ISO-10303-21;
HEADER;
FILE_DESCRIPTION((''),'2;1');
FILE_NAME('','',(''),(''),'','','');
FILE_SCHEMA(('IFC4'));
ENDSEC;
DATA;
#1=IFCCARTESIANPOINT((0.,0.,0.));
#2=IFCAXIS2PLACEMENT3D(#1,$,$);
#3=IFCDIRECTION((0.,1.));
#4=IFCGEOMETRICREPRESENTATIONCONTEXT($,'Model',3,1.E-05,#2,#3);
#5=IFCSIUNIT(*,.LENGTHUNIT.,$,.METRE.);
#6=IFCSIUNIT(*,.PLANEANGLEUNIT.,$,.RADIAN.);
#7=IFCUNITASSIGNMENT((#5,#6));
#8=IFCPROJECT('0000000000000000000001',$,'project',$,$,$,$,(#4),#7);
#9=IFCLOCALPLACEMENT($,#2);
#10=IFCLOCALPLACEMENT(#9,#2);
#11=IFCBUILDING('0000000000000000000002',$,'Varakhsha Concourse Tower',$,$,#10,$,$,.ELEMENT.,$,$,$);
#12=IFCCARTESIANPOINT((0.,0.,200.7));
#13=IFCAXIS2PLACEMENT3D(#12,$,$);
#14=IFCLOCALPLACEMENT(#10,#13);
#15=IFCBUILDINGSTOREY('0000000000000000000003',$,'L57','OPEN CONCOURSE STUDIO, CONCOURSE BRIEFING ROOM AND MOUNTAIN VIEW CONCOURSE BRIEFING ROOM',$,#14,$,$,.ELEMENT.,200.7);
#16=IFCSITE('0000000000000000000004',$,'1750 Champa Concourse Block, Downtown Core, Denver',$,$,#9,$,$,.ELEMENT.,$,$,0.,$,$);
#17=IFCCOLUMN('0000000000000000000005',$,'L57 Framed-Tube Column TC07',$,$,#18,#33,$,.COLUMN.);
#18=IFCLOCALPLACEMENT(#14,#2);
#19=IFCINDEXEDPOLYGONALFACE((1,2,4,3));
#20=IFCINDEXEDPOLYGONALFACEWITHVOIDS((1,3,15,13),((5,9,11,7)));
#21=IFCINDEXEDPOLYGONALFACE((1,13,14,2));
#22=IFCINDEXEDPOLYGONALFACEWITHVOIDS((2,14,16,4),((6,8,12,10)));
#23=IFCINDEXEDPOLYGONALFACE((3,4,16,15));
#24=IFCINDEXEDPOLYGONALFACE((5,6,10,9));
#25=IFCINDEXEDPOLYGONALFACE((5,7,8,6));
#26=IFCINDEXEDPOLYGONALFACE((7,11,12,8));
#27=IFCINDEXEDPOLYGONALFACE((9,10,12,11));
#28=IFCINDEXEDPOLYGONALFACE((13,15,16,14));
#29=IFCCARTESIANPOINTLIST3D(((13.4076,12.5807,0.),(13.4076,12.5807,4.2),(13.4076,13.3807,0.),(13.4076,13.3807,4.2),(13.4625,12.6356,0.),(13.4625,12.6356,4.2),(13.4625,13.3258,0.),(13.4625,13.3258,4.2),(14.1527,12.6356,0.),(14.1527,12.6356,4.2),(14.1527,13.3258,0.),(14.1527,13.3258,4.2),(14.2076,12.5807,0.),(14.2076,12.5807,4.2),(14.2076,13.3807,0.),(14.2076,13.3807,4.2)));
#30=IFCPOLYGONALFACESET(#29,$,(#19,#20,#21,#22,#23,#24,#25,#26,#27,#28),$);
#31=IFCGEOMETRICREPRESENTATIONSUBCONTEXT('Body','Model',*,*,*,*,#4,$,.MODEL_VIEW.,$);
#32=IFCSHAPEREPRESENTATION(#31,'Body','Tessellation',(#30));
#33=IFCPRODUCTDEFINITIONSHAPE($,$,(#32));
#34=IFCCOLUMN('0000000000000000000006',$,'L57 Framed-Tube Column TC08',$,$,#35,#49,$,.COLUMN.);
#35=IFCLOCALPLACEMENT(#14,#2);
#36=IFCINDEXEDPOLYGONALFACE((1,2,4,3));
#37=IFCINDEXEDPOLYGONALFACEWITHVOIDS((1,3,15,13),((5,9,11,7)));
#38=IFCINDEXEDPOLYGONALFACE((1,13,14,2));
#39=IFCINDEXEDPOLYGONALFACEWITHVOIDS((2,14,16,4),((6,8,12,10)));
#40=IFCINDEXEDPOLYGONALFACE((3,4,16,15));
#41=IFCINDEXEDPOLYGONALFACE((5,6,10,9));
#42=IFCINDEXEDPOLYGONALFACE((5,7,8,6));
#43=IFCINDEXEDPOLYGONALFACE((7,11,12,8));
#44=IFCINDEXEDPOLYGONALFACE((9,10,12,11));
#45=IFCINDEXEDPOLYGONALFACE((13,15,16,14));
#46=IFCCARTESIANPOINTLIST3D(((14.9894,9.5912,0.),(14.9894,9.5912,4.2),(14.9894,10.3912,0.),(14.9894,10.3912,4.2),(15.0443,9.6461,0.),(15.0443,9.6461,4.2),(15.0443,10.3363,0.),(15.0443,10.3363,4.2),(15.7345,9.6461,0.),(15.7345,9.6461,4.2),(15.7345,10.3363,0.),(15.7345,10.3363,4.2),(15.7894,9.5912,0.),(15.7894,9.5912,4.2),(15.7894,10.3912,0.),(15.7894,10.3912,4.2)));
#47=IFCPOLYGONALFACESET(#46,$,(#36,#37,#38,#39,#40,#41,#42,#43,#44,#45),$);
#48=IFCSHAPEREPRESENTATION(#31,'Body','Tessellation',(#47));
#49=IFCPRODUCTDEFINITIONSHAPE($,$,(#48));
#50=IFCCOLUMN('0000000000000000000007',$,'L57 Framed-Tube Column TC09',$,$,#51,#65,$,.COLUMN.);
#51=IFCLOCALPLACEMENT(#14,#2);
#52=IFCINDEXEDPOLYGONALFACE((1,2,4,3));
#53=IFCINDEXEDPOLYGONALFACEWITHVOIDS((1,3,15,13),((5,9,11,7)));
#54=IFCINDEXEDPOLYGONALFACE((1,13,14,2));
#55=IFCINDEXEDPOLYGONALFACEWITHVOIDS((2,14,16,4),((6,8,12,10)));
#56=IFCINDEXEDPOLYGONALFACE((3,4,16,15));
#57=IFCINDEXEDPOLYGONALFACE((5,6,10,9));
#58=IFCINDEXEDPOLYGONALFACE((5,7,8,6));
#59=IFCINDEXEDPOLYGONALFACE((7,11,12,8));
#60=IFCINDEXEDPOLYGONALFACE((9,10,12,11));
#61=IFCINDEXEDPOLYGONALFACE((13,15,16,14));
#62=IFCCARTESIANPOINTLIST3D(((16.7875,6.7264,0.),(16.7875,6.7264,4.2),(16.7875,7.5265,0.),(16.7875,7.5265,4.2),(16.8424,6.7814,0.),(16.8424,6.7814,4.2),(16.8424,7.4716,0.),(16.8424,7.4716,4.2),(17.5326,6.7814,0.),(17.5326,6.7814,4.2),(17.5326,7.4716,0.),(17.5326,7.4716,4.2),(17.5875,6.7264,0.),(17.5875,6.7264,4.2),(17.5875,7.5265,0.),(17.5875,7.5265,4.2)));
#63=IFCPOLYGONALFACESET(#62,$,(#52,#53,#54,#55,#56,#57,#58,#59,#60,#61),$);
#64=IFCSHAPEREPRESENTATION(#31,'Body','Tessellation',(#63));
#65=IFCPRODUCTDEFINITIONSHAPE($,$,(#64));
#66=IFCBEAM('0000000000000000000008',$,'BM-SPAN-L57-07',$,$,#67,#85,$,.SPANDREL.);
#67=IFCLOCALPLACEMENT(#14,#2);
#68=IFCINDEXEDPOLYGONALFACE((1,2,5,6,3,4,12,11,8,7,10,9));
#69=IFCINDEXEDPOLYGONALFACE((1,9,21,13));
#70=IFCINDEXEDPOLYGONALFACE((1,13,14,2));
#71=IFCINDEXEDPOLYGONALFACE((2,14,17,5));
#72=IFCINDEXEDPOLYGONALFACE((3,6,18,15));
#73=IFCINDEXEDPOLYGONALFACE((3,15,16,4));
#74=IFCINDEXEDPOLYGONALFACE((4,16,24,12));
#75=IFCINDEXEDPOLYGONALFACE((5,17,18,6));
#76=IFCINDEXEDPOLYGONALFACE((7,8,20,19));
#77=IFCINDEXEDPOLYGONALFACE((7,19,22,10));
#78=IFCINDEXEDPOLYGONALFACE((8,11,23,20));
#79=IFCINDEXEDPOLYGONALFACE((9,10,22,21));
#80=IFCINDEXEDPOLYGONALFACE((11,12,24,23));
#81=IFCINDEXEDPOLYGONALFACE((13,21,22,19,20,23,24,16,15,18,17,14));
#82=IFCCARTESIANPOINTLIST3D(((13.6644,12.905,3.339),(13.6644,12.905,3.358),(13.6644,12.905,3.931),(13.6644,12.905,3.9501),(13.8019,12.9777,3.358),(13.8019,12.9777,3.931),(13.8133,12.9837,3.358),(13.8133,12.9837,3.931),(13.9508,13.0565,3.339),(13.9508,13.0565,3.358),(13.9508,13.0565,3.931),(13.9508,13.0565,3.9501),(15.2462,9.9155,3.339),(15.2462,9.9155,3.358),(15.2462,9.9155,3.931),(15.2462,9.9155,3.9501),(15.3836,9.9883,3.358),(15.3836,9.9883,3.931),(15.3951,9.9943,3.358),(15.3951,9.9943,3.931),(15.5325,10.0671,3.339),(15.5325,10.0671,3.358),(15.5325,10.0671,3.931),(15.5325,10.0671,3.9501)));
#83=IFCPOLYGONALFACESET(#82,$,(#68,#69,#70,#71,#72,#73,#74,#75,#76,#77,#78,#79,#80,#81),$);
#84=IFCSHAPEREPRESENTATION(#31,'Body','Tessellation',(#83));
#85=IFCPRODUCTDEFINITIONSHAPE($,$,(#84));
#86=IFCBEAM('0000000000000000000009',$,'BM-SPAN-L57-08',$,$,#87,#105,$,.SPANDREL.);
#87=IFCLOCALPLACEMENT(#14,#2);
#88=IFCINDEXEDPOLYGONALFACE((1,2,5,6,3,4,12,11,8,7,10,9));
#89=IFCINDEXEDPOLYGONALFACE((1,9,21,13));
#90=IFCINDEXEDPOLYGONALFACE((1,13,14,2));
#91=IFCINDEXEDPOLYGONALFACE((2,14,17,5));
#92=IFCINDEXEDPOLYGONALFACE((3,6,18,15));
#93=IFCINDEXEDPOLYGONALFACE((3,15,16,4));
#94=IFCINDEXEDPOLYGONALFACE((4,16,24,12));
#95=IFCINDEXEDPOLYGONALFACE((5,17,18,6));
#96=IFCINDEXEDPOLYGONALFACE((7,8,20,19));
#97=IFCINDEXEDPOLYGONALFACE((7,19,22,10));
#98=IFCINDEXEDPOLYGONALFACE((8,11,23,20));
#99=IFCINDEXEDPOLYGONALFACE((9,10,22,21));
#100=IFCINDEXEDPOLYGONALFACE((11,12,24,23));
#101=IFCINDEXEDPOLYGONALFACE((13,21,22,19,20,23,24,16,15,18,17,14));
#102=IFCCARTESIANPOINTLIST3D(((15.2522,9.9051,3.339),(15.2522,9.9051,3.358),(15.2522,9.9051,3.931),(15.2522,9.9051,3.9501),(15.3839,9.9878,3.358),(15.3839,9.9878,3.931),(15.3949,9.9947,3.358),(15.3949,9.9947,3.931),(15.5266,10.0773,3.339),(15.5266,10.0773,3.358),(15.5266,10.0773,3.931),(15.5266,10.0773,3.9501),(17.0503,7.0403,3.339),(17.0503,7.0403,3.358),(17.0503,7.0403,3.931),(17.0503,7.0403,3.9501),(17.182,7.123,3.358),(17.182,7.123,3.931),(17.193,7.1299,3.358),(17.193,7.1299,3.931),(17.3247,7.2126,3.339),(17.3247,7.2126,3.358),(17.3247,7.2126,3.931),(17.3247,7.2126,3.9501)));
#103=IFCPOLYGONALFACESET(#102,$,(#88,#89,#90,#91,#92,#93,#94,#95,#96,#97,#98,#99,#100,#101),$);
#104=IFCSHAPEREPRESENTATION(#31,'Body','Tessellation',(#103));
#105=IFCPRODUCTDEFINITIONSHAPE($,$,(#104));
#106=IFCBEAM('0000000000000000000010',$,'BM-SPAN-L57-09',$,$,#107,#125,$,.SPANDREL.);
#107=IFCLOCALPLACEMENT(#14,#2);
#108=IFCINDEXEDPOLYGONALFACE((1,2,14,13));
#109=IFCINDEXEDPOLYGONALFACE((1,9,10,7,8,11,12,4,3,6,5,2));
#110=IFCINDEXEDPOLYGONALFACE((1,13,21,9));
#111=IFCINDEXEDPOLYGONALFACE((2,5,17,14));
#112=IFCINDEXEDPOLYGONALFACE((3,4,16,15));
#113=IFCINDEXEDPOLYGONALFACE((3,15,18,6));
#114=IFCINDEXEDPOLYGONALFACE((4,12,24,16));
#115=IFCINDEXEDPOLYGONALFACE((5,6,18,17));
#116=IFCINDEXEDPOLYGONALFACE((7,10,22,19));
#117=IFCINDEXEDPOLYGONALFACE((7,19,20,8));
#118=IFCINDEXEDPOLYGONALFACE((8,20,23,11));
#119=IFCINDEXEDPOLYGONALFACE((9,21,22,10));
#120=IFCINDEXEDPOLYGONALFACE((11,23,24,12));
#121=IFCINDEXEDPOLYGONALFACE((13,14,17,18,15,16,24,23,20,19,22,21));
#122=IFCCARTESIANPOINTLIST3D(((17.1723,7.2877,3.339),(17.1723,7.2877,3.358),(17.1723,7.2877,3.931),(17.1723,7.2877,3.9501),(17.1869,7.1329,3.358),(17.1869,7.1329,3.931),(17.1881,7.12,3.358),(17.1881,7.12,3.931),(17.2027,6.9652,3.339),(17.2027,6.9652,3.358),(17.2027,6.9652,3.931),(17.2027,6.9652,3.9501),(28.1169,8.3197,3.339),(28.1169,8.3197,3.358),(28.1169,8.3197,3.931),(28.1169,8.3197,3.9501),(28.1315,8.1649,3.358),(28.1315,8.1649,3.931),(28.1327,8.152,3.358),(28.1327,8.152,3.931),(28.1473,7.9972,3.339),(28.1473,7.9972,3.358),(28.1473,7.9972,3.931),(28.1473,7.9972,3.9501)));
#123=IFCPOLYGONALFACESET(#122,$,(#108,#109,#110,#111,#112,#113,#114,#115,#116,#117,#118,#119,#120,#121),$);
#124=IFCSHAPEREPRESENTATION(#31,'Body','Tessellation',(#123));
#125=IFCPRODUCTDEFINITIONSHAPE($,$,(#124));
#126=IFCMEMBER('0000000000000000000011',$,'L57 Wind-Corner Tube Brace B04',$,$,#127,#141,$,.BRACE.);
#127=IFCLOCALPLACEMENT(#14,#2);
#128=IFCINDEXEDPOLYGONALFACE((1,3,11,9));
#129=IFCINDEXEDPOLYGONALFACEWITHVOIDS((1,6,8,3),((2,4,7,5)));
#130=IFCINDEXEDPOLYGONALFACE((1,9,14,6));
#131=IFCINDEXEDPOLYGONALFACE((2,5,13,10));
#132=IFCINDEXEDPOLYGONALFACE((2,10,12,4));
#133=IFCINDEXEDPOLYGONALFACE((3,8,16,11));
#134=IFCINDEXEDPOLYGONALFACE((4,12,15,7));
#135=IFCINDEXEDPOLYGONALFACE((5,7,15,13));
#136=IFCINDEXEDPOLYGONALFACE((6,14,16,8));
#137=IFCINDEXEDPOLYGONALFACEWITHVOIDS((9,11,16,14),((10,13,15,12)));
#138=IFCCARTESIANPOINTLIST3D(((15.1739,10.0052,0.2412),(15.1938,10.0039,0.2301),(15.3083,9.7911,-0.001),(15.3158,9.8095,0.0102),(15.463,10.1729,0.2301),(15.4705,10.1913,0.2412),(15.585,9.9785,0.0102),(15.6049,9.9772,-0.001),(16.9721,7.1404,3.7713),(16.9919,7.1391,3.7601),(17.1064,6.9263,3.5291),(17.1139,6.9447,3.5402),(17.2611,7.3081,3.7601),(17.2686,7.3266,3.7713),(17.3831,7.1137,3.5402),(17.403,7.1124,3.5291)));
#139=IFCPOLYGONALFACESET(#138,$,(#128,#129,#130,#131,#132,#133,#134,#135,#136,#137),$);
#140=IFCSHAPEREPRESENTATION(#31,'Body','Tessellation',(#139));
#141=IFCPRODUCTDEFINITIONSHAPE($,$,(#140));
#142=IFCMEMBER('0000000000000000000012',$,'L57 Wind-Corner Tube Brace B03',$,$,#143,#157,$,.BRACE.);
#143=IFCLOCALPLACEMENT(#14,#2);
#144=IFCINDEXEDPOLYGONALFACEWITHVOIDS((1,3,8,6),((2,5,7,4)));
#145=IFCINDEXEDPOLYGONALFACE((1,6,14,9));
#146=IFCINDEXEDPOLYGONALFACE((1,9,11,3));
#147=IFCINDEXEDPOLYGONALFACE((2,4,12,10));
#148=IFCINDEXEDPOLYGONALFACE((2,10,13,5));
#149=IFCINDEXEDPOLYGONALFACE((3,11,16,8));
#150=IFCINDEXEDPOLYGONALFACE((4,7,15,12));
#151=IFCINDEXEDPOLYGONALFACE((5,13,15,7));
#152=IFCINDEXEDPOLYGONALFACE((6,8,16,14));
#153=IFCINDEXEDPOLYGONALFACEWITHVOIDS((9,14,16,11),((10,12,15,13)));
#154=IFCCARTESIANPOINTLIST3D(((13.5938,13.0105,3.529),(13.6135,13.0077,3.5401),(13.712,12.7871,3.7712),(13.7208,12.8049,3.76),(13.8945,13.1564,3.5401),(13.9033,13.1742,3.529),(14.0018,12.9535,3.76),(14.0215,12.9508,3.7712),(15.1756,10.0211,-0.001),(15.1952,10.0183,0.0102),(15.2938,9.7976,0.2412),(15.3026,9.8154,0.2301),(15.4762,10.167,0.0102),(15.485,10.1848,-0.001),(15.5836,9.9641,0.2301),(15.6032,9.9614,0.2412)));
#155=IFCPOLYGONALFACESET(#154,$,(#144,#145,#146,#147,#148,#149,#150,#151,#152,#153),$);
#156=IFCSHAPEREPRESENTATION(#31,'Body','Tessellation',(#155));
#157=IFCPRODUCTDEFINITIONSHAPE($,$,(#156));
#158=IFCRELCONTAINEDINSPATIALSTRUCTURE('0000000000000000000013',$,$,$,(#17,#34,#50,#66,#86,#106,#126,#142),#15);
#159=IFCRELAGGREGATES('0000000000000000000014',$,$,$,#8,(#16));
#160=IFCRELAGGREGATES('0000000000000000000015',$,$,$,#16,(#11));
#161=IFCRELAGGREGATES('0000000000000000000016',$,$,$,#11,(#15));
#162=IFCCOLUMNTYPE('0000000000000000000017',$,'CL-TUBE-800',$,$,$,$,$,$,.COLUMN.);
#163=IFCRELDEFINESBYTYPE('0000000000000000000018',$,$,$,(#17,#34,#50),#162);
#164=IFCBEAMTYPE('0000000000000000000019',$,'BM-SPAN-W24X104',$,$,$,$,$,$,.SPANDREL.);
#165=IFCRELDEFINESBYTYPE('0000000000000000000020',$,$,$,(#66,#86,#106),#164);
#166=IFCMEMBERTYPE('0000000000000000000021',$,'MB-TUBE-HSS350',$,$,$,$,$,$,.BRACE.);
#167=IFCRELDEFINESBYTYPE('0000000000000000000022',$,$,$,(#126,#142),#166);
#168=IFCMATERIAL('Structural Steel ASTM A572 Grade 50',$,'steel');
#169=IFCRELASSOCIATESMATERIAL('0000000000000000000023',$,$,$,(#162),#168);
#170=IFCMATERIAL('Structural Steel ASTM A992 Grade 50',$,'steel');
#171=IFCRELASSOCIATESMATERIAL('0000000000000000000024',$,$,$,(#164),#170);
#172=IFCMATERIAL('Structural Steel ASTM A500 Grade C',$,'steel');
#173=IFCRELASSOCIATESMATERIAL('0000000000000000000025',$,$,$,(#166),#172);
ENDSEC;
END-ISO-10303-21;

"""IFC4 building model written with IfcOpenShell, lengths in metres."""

from ifc_helpers import new_model, si_unit, direction, frame, origin, origin_2d, place, context, subcontext, project, spatial, hollow_rectangle, i_section, extrude, source, transform, mapped, material, material_profile, profile_set, type_object, type_shapes, element, save


model = new_model("IFC4")

# Units and contexts
model_context = context("Model", 3, precision=1e-05, world=origin(), true_north=direction((0.0, 1.0)))
body_context = subcontext(model_context, "Body", "Model", "MODEL_VIEW")
ifc_project = project(units=[si_unit("LENGTHUNIT", "METRE"), si_unit("PLANEANGLEUNIT", "RADIAN")], contexts=[model_context])

# Site, building, storey
site_placement = place(None, origin())
site = spatial("IfcSite", under=ifc_project, at=site_placement, Name="1750 Champa Concourse Block, Downtown Core, Denver", CompositionType="ELEMENT", RefElevation=0.0)
building_placement = place(site_placement, origin())
building = spatial("IfcBuilding", under=site, at=building_placement, Name="Varakhsha Concourse Tower", CompositionType="ELEMENT")
storey_placement = place(building_placement, frame((0.0, 0.0, 200.7)))
storey = spatial("IfcBuildingStorey", under=building, at=storey_placement, Name="L57", Description="OPEN CONCOURSE STUDIO, CONCOURSE BRIEFING ROOM AND MOUNTAIN VIEW CONCOURSE BRIEFING ROOM", CompositionType="ELEMENT", Elevation=200.7)

# Columns
ifc_material_1 = material(Name="Structural Steel ASTM A572 Grade 50", Category="steel")
ifc_material_profile_1 = material_profile(ifc_material_1, hollow_rectangle(XDim=0.8, YDim=0.8, WallThickness=0.0549, at=origin_2d()), Name="BOX 800x800x55")
ifc_profile_set_1 = profile_set([ifc_material_profile_1], Name="Structural Steel ASTM A572 Grade 50")
column_type = type_object("IfcColumnType", Name="CL-TUBE-800", PredefinedType="COLUMN", material=ifc_profile_set_1)
for number, where, z_axis, x_axis, name in (
    (1, (13.8076, 12.9807, 0.0), (0.0, 0.0, 1.0), (1.0, 0.0, 0.0), "L57 Framed-Tube Column TC07"),
    (2, (15.3894, 9.9912, 0.0), (0.0, 0.0, 1.0), (1.0, 0.0, 0.0), "L57 Framed-Tube Column TC08"),
    (3, (17.1875, 7.1265, 0.0), (0.0, 0.0, 1.0), (1.0, 0.0, 0.0), "L57 Framed-Tube Column TC09"),
):
    element("IfcColumn", number, at=place(storey_placement, frame(where, z_axis=z_axis, x_axis=x_axis)), inside=storey, type_object=column_type, Name=name, PredefinedType="COLUMN", context=body_context, shape_type="SweptSolid", body=[
        extrude(hollow_rectangle(XDim=0.8, YDim=0.8, WallThickness=0.0549, at=origin_2d()), origin(), (0.0, 0.0, 1.0), 4.2),
    ])

# Beams
ifc_material_2 = material(Name="Structural Steel ASTM A992 Grade 50", Category="steel")
ifc_material_profile_2 = material_profile(ifc_material_2, i_section(OverallWidth=0.324, OverallDepth=0.6111, WebThickness=0.0129, FlangeThickness=0.019, at=origin_2d()), Name="W24X104")
ifc_profile_set_2 = profile_set([ifc_material_profile_2], Name="Structural Steel ASTM A992 Grade 50")
beam_type = type_object("IfcBeamType", Name="BM-SPAN-W24X104", PredefinedType="SPANDREL", material=ifc_profile_set_2)
beam_1_placement = place(storey_placement, frame((13.8076, 12.9807, 3.6445), z_axis=(0.467682, -0.883897, 0.0), x_axis=(0.883897, 0.467682, 0.0)))
element("IfcBeam", 4, at=beam_1_placement, inside=storey, type_object=beam_type, Name="BM-SPAN-L57-07", PredefinedType="SPANDREL", context=body_context, shape_type="SweptSolid", body=[
    extrude(i_section(OverallWidth=0.324, OverallDepth=0.6111, WebThickness=0.0129, FlangeThickness=0.019, at=origin_2d()), origin(), (0.0, 0.0, 1.0), 3.3821),
])
beam_2_placement = place(storey_placement, frame((15.3894, 9.9912, 3.6445), z_axis=(0.53162, -0.846983, 0.0), x_axis=(0.846983, 0.53162, 0.0)))
element("IfcBeam", 5, at=beam_2_placement, inside=storey, type_object=beam_type, Name="BM-SPAN-L57-08", PredefinedType="SPANDREL", context=body_context, shape_type="SweptSolid", body=[
    extrude(i_section(OverallWidth=0.324, OverallDepth=0.6111, WebThickness=0.0129, FlangeThickness=0.019, at=origin_2d()), origin(), (0.0, 0.0, 1.0), 3.3823),
])
beam_3_placement = place(storey_placement, frame((17.1875, 7.1265, 3.6445), z_axis=(0.995584, 0.093875, 0.0), x_axis=(-0.093875, 0.995584, 0.0)))
element("IfcBeam", 6, at=beam_3_placement, inside=storey, type_object=beam_type, Name="BM-SPAN-L57-09", PredefinedType="SPANDREL", context=body_context, shape_type="SweptSolid", body=[
    extrude(i_section(OverallWidth=0.324, OverallDepth=0.6111, WebThickness=0.0129, FlangeThickness=0.019, at=origin_2d()), origin(), (0.0, 0.0, 1.0), 10.9932),
])

# Members
ifc_material_3 = material(Name="Structural Steel ASTM A500 Grade C", Category="steel")
ifc_material_profile_3 = material_profile(ifc_material_3, hollow_rectangle(XDim=0.3501, YDim=0.3501, WallThickness=0.0161, at=origin_2d()), Name="HSS 350x350x16")
ifc_profile_set_3 = profile_set([ifc_material_profile_3], Name="Structural Steel ASTM A500 Grade C")
member_type_1 = type_object("IfcMemberType", Name="MB-TUBE-HSS350", PredefinedType="BRACE", material=ifc_profile_set_3)
shared_shape_1 = source(origin(), body_context, "Body", "SweptSolid", [
    extrude(hollow_rectangle(XDim=0.3501, YDim=0.3501, WallThickness=0.0161, at=origin_2d()), origin(), (0.0, 0.0, 1.0), 4.8889),
])
member_1_placement = place(storey_placement, frame((15.3894, 9.9912, 0.1201), z_axis=(0.367794, -0.585973, 0.722055), x_axis=(0.846983, 0.53162, 0.0)))
element("IfcMember", 7, at=member_1_placement, inside=storey, type_object=member_type_1, Name="L57 Wind-Corner Tube Brace B04", PredefinedType="BRACE", context=body_context, shape_type="MappedRepresentation", body=[
    mapped(shared_shape_1, transform((0.0, 0.0, 0.0), scale=1.0)),
])
shared_shape_2 = source(origin(), body_context, "Body", "SweptSolid", [
    extrude(hollow_rectangle(XDim=0.3501, YDim=0.3501, WallThickness=0.0161, at=origin_2d()), origin(), (0.0, 0.0, 1.0), 4.8887),
])
type_shapes(member_type_1, [shared_shape_1, shared_shape_2])
member_2_placement = place(storey_placement, frame((15.3894, 9.9912, 0.1201), z_axis=(-0.323554, 0.611501, 0.722066), x_axis=(-0.883897, -0.467682, 0.0)))
element("IfcMember", 8, at=member_2_placement, inside=storey, type_object=member_type_1, Name="L57 Wind-Corner Tube Brace B03", PredefinedType="BRACE", context=body_context, shape_type="MappedRepresentation", body=[
    mapped(shared_shape_2, transform((0.0, 0.0, 0.0), scale=1.0)),
])

save(model, "model.ifc")
